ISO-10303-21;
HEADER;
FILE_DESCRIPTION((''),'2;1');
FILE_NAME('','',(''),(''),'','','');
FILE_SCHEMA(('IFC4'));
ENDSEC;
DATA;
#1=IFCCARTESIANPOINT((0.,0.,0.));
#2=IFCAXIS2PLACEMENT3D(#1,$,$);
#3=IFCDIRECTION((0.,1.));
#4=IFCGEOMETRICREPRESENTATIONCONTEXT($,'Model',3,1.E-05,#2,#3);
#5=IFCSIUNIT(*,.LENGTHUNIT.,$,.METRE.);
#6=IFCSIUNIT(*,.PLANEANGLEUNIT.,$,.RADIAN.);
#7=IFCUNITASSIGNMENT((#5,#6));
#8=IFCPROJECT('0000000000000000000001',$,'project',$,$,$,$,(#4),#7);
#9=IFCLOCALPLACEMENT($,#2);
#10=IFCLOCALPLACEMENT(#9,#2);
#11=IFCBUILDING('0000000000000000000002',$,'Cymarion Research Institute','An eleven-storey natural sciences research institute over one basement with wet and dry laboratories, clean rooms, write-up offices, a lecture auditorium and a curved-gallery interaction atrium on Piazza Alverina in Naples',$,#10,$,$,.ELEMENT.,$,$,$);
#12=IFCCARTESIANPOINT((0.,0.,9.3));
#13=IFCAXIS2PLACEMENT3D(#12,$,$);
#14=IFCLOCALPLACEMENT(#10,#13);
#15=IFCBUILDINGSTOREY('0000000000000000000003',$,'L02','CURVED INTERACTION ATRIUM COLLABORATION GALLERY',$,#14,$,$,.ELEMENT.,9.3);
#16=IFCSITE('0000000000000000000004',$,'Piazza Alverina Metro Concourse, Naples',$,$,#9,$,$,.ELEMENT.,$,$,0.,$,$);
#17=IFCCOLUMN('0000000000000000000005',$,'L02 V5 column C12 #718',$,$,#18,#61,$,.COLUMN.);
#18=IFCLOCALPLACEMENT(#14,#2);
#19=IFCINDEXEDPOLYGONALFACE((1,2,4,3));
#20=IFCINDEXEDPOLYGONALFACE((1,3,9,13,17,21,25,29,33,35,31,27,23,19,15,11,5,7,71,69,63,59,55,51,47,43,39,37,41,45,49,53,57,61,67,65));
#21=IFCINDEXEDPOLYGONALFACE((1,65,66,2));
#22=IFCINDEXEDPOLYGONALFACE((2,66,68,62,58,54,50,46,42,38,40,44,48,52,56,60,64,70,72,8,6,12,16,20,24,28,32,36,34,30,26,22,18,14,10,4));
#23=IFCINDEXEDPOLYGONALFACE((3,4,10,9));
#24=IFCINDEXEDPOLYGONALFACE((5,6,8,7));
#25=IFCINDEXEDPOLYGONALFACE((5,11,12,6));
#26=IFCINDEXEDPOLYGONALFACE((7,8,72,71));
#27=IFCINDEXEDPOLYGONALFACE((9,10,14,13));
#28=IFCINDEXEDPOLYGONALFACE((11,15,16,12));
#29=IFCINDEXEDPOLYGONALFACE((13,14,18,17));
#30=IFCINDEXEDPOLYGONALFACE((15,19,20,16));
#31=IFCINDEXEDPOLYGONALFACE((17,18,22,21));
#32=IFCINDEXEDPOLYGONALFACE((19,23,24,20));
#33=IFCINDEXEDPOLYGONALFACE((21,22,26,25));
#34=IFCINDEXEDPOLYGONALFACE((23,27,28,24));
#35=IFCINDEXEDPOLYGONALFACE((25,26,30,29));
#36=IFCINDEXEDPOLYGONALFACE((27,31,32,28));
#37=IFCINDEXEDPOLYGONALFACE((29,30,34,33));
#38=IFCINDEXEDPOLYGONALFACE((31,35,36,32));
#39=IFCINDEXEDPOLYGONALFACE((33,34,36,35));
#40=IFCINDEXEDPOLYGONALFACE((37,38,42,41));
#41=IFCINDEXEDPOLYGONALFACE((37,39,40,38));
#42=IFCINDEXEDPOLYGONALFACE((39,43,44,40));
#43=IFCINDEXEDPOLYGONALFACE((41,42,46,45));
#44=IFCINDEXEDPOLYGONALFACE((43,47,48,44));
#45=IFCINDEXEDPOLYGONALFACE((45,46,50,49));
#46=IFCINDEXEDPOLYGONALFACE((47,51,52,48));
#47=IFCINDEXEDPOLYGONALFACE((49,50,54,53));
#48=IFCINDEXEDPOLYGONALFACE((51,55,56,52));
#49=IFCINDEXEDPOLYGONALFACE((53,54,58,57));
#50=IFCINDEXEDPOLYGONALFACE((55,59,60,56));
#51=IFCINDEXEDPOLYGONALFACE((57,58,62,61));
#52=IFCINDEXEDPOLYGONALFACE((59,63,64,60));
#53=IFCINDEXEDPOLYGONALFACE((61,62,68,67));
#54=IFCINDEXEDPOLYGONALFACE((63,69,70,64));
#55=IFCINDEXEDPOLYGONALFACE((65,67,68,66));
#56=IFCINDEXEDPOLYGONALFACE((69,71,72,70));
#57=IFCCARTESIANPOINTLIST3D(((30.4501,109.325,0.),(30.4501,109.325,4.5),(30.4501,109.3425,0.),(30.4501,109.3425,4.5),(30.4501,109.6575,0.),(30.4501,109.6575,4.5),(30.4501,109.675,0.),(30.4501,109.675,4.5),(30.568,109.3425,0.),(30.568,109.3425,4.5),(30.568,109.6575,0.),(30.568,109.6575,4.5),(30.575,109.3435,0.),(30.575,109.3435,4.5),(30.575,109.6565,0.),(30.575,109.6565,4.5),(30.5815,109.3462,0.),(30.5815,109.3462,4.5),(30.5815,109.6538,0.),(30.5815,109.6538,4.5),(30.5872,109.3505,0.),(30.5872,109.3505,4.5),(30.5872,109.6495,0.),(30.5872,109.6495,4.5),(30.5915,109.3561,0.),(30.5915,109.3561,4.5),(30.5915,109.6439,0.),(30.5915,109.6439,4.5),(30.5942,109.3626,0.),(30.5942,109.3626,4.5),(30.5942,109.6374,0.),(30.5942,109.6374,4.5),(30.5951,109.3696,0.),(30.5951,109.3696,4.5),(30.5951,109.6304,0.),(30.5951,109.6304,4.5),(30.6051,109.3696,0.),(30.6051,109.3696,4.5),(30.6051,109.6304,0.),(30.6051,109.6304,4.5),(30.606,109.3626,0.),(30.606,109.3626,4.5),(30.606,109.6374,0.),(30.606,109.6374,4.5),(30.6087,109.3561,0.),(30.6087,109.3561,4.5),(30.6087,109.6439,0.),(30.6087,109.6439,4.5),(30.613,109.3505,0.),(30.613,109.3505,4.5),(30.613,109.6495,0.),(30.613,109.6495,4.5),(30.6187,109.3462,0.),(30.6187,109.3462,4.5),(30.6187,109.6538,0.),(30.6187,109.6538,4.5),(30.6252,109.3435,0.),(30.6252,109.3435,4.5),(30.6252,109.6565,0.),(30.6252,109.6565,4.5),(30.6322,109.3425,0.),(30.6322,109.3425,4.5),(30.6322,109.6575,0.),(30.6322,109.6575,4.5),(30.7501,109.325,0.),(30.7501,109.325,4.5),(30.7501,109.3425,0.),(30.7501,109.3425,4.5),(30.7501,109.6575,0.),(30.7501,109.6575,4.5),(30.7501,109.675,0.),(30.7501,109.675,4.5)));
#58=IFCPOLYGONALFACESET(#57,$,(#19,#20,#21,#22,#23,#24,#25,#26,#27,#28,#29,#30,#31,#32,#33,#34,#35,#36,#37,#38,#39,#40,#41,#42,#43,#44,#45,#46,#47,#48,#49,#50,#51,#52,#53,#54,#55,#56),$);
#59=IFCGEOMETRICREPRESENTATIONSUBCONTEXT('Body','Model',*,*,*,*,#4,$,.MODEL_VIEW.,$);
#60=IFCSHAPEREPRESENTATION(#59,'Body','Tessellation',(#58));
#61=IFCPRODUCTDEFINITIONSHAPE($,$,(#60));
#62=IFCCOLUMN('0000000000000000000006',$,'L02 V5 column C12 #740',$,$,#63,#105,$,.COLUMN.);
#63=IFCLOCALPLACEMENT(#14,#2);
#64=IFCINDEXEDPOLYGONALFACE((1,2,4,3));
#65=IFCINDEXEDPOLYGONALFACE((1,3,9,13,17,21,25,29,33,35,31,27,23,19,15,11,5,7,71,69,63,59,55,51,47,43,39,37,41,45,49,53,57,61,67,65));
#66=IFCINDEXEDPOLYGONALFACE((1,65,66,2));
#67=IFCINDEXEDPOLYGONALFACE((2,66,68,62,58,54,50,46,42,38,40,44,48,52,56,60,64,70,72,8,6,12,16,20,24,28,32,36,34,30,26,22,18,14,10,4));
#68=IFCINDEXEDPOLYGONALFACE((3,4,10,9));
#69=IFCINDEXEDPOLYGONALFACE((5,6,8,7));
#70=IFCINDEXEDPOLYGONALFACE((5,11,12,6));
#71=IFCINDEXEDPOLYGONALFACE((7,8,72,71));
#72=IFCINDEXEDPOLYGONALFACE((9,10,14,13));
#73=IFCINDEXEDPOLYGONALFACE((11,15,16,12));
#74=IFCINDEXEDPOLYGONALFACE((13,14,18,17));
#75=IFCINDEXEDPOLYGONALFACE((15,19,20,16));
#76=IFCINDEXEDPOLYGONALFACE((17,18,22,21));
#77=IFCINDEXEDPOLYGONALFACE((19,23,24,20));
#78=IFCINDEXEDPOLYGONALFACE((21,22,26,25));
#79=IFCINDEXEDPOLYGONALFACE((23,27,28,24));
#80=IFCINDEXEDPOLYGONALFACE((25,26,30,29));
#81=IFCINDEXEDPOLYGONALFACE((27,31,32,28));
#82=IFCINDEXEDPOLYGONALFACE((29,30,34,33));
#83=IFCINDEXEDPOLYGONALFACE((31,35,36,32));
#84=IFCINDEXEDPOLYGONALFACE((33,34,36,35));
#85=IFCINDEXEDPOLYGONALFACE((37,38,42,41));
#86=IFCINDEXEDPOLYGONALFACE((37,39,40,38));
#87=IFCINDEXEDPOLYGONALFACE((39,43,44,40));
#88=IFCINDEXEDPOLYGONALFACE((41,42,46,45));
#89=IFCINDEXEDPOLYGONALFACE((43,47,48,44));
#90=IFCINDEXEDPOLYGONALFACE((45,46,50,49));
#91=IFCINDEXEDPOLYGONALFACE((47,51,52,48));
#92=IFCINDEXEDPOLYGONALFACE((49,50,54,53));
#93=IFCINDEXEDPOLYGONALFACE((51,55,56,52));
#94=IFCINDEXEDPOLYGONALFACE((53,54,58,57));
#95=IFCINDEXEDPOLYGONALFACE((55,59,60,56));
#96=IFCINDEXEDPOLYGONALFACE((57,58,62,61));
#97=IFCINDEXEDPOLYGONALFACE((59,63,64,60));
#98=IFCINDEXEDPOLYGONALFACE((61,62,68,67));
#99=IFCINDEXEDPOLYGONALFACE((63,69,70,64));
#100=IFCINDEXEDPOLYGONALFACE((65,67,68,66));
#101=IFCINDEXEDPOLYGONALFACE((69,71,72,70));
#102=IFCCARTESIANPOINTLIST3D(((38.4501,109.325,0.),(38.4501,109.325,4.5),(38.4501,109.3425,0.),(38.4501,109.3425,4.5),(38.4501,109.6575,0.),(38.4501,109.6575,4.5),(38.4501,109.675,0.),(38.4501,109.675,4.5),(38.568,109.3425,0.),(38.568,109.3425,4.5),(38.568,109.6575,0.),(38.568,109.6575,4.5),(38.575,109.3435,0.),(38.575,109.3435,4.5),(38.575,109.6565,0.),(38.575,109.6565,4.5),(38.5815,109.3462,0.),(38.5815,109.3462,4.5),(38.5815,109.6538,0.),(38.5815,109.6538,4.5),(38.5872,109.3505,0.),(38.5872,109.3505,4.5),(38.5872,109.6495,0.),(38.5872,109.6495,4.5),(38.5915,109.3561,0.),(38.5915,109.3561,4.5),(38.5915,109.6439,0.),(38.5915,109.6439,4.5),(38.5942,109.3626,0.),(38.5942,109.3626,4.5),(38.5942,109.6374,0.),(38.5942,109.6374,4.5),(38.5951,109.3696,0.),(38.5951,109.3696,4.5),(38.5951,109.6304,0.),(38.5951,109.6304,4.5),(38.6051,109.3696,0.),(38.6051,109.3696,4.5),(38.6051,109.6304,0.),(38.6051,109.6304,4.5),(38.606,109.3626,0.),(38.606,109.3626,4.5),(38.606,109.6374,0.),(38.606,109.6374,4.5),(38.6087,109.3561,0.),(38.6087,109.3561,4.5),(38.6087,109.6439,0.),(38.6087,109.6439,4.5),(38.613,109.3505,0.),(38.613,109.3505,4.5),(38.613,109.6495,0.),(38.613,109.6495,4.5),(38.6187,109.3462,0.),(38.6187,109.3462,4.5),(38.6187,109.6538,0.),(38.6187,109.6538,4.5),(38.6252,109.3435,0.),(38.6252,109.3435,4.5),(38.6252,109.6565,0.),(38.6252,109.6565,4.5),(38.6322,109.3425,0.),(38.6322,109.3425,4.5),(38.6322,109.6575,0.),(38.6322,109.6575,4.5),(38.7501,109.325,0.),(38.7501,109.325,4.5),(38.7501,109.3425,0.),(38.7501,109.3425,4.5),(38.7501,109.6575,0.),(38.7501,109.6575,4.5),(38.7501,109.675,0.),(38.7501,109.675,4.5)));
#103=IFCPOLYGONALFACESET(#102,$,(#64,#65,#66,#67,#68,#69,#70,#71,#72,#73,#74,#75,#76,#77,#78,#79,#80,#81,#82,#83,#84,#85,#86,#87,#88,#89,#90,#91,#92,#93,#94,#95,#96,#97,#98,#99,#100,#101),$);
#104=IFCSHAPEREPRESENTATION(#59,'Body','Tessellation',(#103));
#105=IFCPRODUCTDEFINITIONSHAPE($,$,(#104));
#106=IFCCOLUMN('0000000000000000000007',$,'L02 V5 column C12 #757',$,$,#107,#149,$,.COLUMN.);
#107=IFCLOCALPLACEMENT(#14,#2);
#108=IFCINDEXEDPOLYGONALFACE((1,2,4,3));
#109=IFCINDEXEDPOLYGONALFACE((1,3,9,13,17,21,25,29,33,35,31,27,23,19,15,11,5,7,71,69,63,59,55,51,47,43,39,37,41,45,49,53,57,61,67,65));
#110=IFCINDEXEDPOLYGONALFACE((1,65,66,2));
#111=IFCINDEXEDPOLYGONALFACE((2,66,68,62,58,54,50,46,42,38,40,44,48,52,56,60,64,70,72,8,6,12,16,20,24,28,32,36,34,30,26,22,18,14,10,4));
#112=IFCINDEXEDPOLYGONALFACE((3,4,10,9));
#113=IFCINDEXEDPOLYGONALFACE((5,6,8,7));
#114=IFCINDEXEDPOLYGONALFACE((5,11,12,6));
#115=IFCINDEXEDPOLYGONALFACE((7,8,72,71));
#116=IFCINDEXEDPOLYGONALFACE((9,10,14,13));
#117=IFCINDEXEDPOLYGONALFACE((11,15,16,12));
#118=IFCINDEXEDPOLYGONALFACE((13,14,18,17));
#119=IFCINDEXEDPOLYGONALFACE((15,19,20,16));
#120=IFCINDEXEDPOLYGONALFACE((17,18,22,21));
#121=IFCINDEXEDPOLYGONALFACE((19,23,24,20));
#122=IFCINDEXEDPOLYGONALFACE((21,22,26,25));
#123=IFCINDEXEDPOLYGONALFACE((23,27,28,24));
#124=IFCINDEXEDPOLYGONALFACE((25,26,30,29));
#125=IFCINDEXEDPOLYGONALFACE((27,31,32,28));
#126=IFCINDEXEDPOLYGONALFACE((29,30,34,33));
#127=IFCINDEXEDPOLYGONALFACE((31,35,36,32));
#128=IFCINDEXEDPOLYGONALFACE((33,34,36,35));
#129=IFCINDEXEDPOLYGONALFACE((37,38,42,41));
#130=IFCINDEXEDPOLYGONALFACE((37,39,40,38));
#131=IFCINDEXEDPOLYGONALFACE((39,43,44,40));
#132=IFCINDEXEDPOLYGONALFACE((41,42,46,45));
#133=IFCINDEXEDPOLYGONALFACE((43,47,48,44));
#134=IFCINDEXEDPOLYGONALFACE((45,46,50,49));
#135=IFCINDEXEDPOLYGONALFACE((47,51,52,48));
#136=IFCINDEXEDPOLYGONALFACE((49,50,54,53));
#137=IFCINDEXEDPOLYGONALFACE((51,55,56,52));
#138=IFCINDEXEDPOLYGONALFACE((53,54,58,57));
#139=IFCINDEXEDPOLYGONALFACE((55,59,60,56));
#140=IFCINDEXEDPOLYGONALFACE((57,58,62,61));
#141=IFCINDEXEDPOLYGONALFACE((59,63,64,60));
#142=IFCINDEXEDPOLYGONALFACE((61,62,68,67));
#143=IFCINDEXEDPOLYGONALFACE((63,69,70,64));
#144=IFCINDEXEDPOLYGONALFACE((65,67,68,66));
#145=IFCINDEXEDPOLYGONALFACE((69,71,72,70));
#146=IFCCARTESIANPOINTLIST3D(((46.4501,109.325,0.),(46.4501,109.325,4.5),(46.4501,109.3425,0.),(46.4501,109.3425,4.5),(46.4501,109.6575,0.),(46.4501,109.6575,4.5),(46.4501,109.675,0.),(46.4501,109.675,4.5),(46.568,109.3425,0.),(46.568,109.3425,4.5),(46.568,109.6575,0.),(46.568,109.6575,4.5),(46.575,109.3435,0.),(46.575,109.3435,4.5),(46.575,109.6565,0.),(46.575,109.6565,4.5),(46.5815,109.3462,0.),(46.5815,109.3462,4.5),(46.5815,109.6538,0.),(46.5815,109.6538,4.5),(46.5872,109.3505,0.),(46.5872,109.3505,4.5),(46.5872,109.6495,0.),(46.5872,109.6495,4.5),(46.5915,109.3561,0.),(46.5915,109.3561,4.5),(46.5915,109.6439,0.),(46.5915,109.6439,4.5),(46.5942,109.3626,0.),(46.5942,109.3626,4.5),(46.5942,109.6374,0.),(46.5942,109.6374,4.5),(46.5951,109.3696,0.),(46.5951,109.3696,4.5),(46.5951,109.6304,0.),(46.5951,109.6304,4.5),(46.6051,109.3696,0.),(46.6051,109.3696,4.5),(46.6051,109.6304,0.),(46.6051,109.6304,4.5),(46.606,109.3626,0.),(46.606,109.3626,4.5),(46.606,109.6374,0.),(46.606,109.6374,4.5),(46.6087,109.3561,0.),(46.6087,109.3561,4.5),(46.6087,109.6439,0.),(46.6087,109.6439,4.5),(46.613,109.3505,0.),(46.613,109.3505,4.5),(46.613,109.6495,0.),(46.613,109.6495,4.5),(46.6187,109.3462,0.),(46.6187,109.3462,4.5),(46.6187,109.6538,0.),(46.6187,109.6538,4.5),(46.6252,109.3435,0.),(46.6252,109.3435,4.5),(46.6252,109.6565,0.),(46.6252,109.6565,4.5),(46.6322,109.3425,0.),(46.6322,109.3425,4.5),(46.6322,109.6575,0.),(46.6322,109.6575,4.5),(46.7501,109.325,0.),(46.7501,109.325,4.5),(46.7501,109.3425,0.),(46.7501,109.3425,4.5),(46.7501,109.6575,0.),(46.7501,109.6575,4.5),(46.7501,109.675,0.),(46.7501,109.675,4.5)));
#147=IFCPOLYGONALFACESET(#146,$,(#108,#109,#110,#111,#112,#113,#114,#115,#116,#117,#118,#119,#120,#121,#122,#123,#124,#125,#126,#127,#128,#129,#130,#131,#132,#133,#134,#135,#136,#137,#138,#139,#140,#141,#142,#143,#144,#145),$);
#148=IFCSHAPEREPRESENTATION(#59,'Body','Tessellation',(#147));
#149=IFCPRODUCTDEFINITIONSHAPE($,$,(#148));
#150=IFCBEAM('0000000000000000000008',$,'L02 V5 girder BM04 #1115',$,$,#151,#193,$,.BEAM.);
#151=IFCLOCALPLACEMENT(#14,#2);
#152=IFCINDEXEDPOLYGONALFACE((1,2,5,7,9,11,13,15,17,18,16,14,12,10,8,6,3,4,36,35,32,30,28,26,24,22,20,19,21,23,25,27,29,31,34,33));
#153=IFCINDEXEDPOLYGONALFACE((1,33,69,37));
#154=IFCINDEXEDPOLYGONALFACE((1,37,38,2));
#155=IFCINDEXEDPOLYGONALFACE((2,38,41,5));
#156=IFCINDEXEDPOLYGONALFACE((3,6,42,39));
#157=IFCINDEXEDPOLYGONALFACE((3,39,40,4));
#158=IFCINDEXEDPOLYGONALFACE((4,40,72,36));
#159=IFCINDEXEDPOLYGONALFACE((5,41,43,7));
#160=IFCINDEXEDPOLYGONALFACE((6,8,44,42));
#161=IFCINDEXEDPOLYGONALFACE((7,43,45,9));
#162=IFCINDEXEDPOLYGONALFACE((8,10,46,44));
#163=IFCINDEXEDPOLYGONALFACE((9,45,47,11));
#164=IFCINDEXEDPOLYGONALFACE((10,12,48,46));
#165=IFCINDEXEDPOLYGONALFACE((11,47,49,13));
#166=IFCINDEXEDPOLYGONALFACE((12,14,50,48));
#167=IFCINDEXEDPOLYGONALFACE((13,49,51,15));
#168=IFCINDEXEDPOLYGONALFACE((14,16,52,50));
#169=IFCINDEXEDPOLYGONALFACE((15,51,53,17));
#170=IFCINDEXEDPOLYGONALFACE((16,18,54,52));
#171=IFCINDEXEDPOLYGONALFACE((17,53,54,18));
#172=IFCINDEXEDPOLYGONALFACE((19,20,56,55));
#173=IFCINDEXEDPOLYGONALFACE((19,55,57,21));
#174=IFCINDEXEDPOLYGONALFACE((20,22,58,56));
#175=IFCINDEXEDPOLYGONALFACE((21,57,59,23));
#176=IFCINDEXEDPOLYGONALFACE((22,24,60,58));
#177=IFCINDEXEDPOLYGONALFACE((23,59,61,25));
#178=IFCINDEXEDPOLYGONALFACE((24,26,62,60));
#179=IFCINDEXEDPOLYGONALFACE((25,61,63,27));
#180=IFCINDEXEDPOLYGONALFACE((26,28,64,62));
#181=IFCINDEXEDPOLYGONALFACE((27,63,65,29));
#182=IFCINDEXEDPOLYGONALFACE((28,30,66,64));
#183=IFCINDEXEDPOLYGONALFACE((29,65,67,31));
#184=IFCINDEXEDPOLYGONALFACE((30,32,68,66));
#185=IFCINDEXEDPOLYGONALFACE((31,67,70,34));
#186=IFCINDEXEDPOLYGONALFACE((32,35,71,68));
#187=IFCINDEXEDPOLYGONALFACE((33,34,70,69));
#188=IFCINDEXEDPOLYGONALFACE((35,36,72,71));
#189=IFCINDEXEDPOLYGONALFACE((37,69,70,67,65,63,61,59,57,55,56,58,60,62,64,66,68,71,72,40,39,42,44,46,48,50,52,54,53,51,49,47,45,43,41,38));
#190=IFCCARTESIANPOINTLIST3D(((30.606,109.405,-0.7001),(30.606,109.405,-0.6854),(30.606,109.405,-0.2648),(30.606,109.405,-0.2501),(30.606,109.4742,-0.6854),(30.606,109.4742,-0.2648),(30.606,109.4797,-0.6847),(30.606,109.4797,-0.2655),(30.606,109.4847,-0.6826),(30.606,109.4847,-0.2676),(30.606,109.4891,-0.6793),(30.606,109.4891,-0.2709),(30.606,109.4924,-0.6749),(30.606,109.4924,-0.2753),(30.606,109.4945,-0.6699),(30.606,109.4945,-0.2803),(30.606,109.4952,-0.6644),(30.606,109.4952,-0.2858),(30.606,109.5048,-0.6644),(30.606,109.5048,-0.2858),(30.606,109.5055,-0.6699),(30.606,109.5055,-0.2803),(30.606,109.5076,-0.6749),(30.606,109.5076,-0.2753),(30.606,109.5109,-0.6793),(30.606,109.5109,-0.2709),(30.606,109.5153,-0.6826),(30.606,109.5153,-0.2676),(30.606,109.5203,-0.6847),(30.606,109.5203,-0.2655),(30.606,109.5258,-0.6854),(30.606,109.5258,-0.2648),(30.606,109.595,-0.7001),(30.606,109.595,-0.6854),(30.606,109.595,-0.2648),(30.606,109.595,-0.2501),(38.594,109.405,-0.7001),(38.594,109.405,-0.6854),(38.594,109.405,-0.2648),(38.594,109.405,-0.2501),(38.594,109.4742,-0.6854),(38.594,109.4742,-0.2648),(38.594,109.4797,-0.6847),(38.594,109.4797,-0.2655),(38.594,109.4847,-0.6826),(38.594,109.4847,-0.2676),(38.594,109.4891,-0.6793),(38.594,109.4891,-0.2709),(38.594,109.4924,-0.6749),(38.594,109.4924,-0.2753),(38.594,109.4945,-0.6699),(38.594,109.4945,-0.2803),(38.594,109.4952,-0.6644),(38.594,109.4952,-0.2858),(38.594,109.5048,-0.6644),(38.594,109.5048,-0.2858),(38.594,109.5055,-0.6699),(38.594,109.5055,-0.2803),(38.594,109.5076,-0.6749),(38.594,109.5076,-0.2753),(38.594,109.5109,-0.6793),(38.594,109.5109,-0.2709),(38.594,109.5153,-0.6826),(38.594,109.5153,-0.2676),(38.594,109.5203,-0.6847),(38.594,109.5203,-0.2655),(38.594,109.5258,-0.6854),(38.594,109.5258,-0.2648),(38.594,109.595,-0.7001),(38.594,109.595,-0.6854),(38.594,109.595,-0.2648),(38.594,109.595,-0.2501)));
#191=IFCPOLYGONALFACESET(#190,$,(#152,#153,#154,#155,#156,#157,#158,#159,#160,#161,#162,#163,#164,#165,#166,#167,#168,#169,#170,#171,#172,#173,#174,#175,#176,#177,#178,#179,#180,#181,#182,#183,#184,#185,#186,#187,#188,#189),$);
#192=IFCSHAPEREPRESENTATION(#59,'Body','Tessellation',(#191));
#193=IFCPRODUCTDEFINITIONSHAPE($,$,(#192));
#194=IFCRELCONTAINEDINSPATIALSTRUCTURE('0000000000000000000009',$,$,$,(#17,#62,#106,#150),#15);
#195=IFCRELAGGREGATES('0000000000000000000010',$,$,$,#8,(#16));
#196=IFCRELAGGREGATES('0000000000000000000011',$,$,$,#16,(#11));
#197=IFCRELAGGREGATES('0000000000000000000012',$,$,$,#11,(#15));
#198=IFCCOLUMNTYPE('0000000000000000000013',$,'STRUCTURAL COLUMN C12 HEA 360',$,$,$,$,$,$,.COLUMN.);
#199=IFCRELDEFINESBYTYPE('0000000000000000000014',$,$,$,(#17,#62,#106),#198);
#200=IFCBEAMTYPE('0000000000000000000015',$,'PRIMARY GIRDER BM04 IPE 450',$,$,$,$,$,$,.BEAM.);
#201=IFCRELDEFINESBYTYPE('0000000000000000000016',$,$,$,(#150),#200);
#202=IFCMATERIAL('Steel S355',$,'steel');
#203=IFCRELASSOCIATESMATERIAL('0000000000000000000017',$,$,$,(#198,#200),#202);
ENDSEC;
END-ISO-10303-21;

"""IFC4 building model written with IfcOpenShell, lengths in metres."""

from ifc_helpers import new_model, si_unit, direction, frame, origin, origin_2d, place, context, subcontext, project, spatial, i_section, extrude, material, material_profile, profile_set, type_object, element, save


model = new_model("IFC4")

# Units and contexts
model_context = context("Model", 3, precision=1e-05, world=origin(), true_north=direction((0.0, 1.0)))
body_context = subcontext(model_context, "Body", "Model", "MODEL_VIEW")
ifc_project = project(units=[si_unit("LENGTHUNIT", "METRE"), si_unit("PLANEANGLEUNIT", "RADIAN")], contexts=[model_context])

# Site, building, storey
site_placement = place(None, origin())
site = spatial("IfcSite", under=ifc_project, at=site_placement, Name="Piazza Alverina Metro Concourse, Naples", CompositionType="ELEMENT", RefElevation=0.0)
building_placement = place(site_placement, origin())
building = spatial("IfcBuilding", under=site, at=building_placement, Name="Cymarion Research Institute", Description="An eleven-storey natural sciences research institute over one basement with wet and dry laboratories, clean rooms, write-up offices, a lecture auditorium and a curved-gallery interaction atrium on Piazza Alverina in Naples", CompositionType="ELEMENT")
storey_placement = place(building_placement, frame((0.0, 0.0, 9.3)))
storey = spatial("IfcBuildingStorey", under=building, at=storey_placement, Name="L02", Description="CURVED INTERACTION ATRIUM COLLABORATION GALLERY", CompositionType="ELEMENT", Elevation=9.3)

# Columns
ifc_material_1 = material(Name="Steel S355", Category="steel")
ifc_material_profile_1 = material_profile(ifc_material_1, i_section(OverallWidth=0.3, OverallDepth=0.3501, WebThickness=0.01, FlangeThickness=0.0176, FilletRadius=0.0271, at=origin_2d()), Name="HEA 360")
ifc_profile_set_1 = profile_set([ifc_material_profile_1], Name="Steel S355")
column_type = type_object("IfcColumnType", Name="STRUCTURAL COLUMN C12 HEA 360", PredefinedType="COLUMN", material=ifc_profile_set_1)
for number, where, z_axis, x_axis, name in (
    (1, (30.6001, 109.5, 0.0), (0.0, 0.0, 1.0), (1.0, 0.0, 0.0), "L02 V5 column C12 #718"),
    (2, (38.6001, 109.5, 0.0), (0.0, 0.0, 1.0), (1.0, 0.0, 0.0), "L02 V5 column C12 #740"),
    (3, (46.6001, 109.5, 0.0), (0.0, 0.0, 1.0), (1.0, 0.0, 0.0), "L02 V5 column C12 #757"),
):
    element("IfcColumn", number, at=place(storey_placement, frame(where, z_axis=z_axis, x_axis=x_axis)), inside=storey, type_object=column_type, Name=name, PredefinedType="COLUMN", context=body_context, shape_type="SweptSolid", body=[
        extrude(i_section(OverallWidth=0.3, OverallDepth=0.3501, WebThickness=0.01, FlangeThickness=0.0176, FilletRadius=0.0271, at=origin_2d()), origin(), (0.0, 0.0, 1.0), 4.5),
    ])

# Beam
ifc_material_profile_2 = material_profile(ifc_material_1, i_section(OverallWidth=0.1899, OverallDepth=0.45, WebThickness=0.0095, FlangeThickness=0.0146, FilletRadius=0.021, at=origin_2d()), Name="IPE 450")
ifc_profile_set_2 = profile_set([ifc_material_profile_2], Name="Steel S355")
beam_type_1 = type_object("IfcBeamType", Name="PRIMARY GIRDER BM04 IPE 450", PredefinedType="BEAM", material=ifc_profile_set_2)
for number, where, z_axis, x_axis, name in (
    (4, (30.606, 109.5, -0.4751), (1.0, 0.0, 0.0), (0.0, 1.0, 0.0), "L02 V5 girder BM04 #1115"),
):
    element("IfcBeam", number, at=place(storey_placement, frame(where, z_axis=z_axis, x_axis=x_axis)), inside=storey, type_object=beam_type_1, Name=name, PredefinedType="BEAM", context=body_context, shape_type="SweptSolid", body=[
        extrude(i_section(OverallWidth=0.1899, OverallDepth=0.45, WebThickness=0.0095, FlangeThickness=0.0146, FilletRadius=0.021, at=origin_2d()), origin(), (0.0, 0.0, 1.0), 7.988),
    ])

save(model, "model.ifc")
